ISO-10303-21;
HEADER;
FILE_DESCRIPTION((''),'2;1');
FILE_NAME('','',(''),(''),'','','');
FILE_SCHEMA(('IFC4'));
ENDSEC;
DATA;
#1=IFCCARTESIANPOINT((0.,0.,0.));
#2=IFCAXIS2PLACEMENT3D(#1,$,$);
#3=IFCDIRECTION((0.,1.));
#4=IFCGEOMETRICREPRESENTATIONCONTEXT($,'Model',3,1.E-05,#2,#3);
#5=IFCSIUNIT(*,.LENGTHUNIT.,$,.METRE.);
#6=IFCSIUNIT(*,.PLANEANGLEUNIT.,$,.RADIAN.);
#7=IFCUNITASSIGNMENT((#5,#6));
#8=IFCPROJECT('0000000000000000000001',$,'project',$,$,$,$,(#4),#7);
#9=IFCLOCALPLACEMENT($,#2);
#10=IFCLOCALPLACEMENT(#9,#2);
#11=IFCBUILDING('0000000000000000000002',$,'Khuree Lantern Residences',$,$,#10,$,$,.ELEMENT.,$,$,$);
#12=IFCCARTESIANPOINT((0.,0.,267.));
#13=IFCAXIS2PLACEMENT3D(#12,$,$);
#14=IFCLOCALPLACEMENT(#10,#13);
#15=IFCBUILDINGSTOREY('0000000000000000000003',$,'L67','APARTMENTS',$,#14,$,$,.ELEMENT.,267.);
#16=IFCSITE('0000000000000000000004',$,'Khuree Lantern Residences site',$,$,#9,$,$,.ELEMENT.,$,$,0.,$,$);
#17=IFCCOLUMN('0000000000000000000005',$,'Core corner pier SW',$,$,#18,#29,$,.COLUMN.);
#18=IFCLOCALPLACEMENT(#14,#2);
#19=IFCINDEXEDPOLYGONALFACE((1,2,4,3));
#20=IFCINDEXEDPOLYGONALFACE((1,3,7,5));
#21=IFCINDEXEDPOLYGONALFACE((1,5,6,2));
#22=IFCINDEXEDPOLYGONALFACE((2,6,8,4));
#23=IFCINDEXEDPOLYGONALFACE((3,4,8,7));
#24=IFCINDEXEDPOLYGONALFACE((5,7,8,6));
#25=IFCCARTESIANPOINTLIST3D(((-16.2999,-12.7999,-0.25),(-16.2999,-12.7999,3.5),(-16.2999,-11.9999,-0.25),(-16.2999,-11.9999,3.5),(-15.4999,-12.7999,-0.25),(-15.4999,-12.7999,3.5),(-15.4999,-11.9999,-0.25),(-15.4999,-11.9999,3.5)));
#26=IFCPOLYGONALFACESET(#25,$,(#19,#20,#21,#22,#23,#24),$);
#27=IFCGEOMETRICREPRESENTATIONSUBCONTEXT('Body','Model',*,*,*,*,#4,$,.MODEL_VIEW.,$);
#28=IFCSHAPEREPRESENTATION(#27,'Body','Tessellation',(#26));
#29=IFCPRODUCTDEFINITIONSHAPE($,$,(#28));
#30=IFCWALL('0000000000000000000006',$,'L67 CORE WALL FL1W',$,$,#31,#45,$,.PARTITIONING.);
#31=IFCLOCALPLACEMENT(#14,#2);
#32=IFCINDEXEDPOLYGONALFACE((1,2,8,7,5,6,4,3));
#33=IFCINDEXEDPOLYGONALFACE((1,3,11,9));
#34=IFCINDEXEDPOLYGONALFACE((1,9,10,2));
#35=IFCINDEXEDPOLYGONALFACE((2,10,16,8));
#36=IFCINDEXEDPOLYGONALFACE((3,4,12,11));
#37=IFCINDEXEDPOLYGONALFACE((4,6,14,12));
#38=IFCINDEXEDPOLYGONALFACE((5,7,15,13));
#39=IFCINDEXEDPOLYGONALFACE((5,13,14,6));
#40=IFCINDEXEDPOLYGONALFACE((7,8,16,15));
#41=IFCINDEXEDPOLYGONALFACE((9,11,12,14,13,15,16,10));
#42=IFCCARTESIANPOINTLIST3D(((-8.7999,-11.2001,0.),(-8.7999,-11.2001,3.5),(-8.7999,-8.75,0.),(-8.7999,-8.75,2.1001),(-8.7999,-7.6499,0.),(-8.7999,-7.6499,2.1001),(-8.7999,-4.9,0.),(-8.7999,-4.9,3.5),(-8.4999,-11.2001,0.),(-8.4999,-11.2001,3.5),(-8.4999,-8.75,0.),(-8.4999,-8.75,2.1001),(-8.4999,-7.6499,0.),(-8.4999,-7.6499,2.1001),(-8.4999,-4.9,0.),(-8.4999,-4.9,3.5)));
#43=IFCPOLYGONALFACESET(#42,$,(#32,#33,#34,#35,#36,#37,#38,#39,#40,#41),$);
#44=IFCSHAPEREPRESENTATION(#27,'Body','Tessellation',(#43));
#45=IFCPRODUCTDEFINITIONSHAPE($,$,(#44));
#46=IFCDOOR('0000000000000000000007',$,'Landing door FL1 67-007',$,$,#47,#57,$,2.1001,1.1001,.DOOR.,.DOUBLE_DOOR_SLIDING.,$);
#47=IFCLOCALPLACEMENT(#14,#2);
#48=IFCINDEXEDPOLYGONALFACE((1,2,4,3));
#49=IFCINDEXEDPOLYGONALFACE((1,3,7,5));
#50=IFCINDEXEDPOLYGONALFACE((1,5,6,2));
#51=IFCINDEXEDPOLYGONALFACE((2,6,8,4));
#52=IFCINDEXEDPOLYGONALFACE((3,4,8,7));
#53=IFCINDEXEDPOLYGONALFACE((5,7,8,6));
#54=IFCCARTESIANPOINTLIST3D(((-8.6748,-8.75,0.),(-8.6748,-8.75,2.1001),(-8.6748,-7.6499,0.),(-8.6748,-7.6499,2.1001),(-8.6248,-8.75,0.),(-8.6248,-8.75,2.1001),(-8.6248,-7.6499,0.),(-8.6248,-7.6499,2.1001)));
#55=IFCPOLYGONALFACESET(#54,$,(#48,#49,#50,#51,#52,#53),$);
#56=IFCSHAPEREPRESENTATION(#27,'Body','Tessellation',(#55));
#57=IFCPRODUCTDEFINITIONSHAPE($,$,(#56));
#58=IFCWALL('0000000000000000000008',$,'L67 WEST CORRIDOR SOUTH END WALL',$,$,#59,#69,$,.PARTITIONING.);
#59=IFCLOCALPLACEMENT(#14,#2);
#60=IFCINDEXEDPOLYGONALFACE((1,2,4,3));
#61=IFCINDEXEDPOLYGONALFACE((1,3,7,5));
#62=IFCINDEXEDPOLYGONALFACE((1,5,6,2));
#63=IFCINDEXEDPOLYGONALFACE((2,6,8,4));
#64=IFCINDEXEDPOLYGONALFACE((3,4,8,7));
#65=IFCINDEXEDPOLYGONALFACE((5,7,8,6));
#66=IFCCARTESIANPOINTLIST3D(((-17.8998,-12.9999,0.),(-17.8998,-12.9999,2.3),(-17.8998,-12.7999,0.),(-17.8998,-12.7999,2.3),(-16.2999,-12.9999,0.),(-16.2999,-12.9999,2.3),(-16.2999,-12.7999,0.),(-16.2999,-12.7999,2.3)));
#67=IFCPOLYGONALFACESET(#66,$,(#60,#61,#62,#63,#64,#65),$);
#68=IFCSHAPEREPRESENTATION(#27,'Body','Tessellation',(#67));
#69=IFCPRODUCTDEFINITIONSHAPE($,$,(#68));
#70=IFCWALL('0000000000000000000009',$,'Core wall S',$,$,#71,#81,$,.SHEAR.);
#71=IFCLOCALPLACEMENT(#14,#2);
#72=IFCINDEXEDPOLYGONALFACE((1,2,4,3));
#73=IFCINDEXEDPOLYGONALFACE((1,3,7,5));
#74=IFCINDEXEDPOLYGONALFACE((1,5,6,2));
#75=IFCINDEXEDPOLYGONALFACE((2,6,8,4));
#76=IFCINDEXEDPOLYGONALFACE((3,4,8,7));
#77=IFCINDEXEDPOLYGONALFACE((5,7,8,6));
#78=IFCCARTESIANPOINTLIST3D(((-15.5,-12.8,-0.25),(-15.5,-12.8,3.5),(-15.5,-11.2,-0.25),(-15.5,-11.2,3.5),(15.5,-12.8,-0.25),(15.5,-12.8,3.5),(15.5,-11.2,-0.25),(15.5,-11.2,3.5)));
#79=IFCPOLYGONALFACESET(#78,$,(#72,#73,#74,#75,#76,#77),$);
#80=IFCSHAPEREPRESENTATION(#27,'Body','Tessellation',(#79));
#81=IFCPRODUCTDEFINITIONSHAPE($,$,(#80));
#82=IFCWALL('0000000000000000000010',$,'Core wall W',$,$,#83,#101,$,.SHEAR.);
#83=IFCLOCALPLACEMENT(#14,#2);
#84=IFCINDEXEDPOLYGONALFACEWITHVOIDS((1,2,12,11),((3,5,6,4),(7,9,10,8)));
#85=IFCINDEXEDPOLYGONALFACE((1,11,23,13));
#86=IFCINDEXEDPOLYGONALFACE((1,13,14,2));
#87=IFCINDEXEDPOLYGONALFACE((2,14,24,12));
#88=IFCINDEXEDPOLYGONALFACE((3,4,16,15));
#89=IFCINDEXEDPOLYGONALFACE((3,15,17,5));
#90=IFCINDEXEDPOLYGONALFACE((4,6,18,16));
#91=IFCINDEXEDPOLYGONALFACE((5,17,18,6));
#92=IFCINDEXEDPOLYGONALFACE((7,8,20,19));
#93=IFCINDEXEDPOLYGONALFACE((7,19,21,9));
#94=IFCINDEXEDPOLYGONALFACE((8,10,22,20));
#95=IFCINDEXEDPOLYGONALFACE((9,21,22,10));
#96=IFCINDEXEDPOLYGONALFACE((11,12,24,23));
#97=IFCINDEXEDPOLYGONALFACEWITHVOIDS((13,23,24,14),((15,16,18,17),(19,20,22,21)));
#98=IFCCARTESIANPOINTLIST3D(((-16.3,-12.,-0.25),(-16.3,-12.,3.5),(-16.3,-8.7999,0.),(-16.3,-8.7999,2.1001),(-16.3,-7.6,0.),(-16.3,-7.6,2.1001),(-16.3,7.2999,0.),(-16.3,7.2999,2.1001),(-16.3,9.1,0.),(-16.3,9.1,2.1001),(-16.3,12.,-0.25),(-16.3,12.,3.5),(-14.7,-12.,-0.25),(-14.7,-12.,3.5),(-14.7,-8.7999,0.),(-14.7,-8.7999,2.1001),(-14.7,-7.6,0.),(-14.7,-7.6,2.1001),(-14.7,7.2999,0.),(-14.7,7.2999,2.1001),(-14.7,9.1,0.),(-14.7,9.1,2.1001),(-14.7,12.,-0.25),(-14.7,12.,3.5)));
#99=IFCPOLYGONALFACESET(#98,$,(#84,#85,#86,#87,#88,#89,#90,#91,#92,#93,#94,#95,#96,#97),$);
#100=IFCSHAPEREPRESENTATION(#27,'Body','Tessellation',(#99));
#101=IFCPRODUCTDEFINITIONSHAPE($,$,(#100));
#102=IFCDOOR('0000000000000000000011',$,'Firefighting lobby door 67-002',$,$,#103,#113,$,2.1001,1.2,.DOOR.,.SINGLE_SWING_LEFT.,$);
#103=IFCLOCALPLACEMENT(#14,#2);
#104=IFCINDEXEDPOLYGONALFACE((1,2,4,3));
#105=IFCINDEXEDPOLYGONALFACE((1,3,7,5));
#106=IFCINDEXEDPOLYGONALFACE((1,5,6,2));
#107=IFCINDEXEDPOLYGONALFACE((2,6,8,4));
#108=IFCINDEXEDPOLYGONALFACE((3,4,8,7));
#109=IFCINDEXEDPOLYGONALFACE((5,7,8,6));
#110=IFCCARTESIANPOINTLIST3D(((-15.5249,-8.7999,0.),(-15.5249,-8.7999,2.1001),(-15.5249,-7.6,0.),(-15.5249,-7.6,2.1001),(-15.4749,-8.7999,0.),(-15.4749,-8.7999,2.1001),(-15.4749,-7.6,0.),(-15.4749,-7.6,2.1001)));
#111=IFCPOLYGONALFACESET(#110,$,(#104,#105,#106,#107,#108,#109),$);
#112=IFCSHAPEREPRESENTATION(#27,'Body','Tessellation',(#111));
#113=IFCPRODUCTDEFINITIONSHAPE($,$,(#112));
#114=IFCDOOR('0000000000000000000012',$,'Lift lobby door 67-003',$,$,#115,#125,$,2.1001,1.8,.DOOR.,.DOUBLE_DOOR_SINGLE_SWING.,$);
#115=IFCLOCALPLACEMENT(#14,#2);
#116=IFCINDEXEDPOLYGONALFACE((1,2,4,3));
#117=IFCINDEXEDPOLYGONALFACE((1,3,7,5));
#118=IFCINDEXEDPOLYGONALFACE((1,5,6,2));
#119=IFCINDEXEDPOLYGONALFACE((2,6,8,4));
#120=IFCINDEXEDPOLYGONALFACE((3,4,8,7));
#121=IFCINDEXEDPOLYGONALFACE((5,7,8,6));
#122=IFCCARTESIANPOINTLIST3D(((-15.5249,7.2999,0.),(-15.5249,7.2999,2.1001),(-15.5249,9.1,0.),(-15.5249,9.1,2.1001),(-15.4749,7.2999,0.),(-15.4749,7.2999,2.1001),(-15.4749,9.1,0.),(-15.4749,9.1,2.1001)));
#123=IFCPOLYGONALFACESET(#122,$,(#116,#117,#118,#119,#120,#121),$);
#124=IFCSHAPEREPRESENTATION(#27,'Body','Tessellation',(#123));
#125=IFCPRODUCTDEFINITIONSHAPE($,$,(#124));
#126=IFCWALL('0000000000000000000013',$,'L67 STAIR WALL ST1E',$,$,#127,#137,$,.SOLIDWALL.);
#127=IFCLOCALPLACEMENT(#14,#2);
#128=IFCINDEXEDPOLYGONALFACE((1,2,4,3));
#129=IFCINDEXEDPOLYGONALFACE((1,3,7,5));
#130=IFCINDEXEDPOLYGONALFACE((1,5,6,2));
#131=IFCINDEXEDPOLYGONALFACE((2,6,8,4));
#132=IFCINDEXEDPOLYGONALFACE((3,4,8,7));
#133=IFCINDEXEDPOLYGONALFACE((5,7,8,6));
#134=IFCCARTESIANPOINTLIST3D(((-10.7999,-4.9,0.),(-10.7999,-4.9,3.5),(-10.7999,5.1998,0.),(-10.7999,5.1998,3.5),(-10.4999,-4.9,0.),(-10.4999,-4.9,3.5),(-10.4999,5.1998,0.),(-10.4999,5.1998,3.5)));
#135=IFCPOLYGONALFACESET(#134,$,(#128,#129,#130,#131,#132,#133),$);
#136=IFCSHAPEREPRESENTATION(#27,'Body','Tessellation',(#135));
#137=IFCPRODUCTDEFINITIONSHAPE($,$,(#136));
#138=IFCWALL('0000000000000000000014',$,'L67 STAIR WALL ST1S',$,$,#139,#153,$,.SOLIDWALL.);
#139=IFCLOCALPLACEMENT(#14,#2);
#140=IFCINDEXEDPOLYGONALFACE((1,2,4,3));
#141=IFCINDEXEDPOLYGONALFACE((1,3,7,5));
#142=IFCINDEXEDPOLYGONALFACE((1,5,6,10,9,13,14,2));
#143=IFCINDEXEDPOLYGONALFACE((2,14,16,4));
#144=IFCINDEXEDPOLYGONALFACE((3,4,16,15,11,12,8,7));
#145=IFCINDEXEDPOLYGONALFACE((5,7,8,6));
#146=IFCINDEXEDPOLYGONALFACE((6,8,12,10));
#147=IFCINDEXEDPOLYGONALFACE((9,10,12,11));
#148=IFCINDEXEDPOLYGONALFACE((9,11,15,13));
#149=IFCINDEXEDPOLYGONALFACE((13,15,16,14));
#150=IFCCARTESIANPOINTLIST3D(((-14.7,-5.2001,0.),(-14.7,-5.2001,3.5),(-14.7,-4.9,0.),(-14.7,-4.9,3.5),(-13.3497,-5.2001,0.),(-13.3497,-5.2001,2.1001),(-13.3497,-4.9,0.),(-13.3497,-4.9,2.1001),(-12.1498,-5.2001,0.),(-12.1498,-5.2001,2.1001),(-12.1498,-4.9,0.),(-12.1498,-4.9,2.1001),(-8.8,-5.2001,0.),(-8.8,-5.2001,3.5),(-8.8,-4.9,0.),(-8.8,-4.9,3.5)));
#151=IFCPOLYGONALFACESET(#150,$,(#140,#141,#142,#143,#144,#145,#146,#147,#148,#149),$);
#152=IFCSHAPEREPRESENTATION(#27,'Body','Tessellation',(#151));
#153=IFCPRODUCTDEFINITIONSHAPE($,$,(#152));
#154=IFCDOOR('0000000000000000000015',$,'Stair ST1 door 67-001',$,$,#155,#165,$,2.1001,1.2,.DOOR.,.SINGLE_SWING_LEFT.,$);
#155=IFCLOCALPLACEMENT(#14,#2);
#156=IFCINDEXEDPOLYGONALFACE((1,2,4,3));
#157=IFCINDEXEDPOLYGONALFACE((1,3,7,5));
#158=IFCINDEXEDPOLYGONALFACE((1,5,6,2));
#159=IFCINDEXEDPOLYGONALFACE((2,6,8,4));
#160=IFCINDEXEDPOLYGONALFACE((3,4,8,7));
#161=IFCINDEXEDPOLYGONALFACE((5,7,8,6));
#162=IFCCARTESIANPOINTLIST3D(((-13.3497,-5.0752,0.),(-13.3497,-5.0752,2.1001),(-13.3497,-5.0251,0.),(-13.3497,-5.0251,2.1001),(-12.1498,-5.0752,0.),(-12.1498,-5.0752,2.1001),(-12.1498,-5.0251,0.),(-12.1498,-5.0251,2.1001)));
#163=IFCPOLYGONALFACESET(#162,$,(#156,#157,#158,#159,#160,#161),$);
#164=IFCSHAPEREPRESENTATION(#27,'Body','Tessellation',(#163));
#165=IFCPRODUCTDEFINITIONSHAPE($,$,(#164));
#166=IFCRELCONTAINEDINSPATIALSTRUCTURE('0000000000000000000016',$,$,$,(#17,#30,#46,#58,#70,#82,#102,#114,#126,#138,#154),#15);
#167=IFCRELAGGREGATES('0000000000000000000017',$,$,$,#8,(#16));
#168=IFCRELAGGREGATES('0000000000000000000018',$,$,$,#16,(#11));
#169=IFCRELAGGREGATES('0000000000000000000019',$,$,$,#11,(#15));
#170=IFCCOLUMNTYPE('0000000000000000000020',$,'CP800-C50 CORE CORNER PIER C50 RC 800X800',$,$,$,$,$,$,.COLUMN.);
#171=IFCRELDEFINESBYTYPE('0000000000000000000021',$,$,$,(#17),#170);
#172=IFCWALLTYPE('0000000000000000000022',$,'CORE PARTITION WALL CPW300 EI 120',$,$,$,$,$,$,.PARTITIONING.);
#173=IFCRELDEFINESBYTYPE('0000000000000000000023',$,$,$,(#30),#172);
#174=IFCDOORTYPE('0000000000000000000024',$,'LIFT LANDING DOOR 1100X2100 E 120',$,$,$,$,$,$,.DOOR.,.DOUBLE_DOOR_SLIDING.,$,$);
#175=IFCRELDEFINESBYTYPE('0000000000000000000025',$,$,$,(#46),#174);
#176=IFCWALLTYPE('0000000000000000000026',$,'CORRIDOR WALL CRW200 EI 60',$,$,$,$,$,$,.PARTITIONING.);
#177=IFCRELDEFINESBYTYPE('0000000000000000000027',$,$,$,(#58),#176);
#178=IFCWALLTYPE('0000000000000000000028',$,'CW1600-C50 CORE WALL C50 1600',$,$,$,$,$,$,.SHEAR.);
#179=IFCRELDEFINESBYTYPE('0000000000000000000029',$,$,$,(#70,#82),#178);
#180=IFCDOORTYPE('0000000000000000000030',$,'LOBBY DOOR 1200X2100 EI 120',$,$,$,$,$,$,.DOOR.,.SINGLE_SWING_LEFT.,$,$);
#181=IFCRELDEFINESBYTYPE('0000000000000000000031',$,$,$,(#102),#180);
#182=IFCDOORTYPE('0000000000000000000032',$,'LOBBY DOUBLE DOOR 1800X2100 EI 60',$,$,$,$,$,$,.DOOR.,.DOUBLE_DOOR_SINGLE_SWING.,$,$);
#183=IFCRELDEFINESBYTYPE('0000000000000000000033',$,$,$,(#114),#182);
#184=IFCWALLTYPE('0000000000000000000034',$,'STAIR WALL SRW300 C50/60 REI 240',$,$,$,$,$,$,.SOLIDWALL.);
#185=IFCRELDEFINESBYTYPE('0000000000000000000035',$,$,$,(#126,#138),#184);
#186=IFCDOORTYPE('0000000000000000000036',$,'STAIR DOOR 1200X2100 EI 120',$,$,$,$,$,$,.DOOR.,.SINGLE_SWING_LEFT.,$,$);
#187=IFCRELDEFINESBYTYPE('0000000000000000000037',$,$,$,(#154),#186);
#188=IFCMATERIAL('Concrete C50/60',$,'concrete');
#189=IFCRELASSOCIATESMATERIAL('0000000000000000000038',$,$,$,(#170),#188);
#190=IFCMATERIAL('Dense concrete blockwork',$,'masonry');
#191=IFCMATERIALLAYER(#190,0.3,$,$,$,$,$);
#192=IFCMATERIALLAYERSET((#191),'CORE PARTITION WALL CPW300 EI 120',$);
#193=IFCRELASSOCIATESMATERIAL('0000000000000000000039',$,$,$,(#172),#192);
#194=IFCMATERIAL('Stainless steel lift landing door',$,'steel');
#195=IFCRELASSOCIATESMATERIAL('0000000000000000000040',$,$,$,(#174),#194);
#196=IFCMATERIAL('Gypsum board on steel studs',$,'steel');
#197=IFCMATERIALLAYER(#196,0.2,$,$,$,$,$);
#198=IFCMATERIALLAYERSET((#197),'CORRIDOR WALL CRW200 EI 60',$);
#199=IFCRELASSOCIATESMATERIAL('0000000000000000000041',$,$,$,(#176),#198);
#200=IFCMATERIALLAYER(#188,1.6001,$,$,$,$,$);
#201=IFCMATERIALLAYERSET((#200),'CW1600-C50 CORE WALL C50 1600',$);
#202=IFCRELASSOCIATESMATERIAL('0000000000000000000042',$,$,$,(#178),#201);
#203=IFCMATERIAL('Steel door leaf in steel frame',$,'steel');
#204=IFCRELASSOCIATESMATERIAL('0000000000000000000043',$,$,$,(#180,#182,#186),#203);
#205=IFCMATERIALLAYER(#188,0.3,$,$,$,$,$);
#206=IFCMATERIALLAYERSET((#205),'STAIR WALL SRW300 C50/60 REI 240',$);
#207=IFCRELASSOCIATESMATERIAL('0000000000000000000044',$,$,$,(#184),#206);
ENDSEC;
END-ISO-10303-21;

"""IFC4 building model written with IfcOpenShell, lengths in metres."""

from ifc_helpers import new_model, si_unit, direction, frame, frame_2d, origin, origin_2d, place, context, subcontext, project, spatial, rectangle, extrude, material, layer, layer_set, material_profile, profile_set, type_object, element, fill, save


model = new_model("IFC4")

# Units and contexts
model_context = context("Model", 3, precision=1e-05, world=origin(), true_north=direction((0.0, 1.0)))
body_context = subcontext(model_context, "Body", "Model", "MODEL_VIEW")
ifc_project = project(units=[si_unit("LENGTHUNIT", "METRE"), si_unit("PLANEANGLEUNIT", "RADIAN")], contexts=[model_context])

# Site, building, storey
site_placement = place(None, origin())
site = spatial("IfcSite", under=ifc_project, at=site_placement, Name="Khuree Lantern Residences site", CompositionType="ELEMENT", RefElevation=0.0)
building_placement = place(site_placement, origin())
building = spatial("IfcBuilding", under=site, at=building_placement, Name="Khuree Lantern Residences", CompositionType="ELEMENT")
storey_placement = place(building_placement, frame((0.0, 0.0, 267.0)))
storey = spatial("IfcBuildingStorey", under=building, at=storey_placement, Name="L67", Description="APARTMENTS", CompositionType="ELEMENT", Elevation=267.0)

# Column
ifc_material_1 = material(Name="Concrete C50/60", Category="concrete")
ifc_material_profile = material_profile(ifc_material_1, rectangle(XDim=0.8, YDim=0.8, at=origin_2d()), Name="RC 800X800")
ifc_profile_set = profile_set([ifc_material_profile], Name="Concrete C50/60")
column_type = type_object("IfcColumnType", Name="CP800-C50 CORE CORNER PIER C50 RC 800X800", PredefinedType="COLUMN", material=ifc_profile_set)
column_placement = place(storey_placement, frame((-15.8999, -12.3999, -0.25), z_axis=(0.0, 0.0, 1.0), x_axis=(1.0, 0.0, 0.0)))
element("IfcColumn", 1, at=column_placement, inside=storey, type_object=column_type, Name="Core corner pier SW", PredefinedType="COLUMN", context=body_context, shape_type="SweptSolid", body=[
    extrude(rectangle(XDim=0.8, YDim=0.8, at=origin_2d()), origin(), (0.0, 0.0, 1.0), 3.75),
])

# Wall, opening, door
ifc_material_2 = material(Name="Dense concrete blockwork", Category="masonry")
ifc_layer_1 = layer(ifc_material_2, 0.3)
ifc_layer_set_1 = layer_set([ifc_layer_1], Name="CORE PARTITION WALL CPW300 EI 120")
wall_type_1 = type_object("IfcWallType", Name="CORE PARTITION WALL CPW300 EI 120", PredefinedType="PARTITIONING", material=ifc_layer_set_1)
wall_1_placement = place(storey_placement, frame((-8.6499, -11.2, 0.0), z_axis=(0.0, 0.0, 1.0), x_axis=(0.0, 1.0, 0.0)))
wall_1 = element("IfcWall", 2, at=wall_1_placement, inside=storey, type_object=wall_type_1, Name="L67 CORE WALL FL1W", PredefinedType="PARTITIONING", context=body_context, shape_type="SweptSolid", body=[
    extrude(rectangle(XDim=6.3, YDim=0.3, at=frame_2d((3.1499, 0.0))), origin(), (0.0, 0.0, 1.0), 3.5),
])
opening_1_placement = place(wall_1_placement, frame((2.45, 0.0, 0.0)))
opening_1 = element("IfcOpeningElement", 3, at=opening_1_placement, cuts=wall_1, PredefinedType="OPENING", context=body_context, shape_type="SweptSolid", body=[
    extrude(rectangle(XDim=1.1001, YDim=2.1001, at=frame_2d((0.55, 1.05))), frame((0.0, 0.1602, 0.0), z_axis=(0.0, -1.0, 0.0), x_axis=(1.0, 0.0, 0.0)), (0.0, 0.0, 1.0), 0.3201),
])
ifc_material_3 = material(Name="Stainless steel lift landing door", Category="steel")
door_type_1 = type_object("IfcDoorType", Name="LIFT LANDING DOOR 1100X2100 E 120", OperationType="DOUBLE_DOOR_SLIDING", PredefinedType="DOOR", material=ifc_material_3)
door_1_placement = place(opening_1_placement, origin())
door_1 = element("IfcDoor", 4, at=door_1_placement, inside=storey, type_object=door_type_1, Name="Landing door FL1 67-007", OperationType="DOUBLE_DOOR_SLIDING", OverallHeight=2.1001, OverallWidth=1.1001, PredefinedType="DOOR", context=body_context, shape_type="SweptSolid", body=[
    extrude(rectangle(XDim=1.1001, YDim=2.1001, at=frame_2d((0.55, 1.05))), frame((0.0, 0.0249, 0.0), z_axis=(0.0, -1.0, 0.0), x_axis=(1.0, 0.0, 0.0)), (0.0, 0.0, 1.0), 0.05),
])
fill(opening_1, door_1)

# Walls
ifc_material_4 = material(Name="Gypsum board on steel studs", Category="steel")
ifc_layer_2 = layer(ifc_material_4, 0.2)
ifc_layer_set_2 = layer_set([ifc_layer_2], Name="CORRIDOR WALL CRW200 EI 60")
wall_type_2 = type_object("IfcWallType", Name="CORRIDOR WALL CRW200 EI 60", PredefinedType="PARTITIONING", material=ifc_layer_set_2)
wall_2_placement = place(storey_placement, frame((-16.3, -12.8999, 0.0), z_axis=(0.0, 0.0, 1.0), x_axis=(-1.0, 0.0, 0.0)))
element("IfcWall", 5, at=wall_2_placement, inside=storey, type_object=wall_type_2, Name="L67 WEST CORRIDOR SOUTH END WALL", PredefinedType="PARTITIONING", context=body_context, shape_type="SweptSolid", body=[
    extrude(rectangle(XDim=1.5999, YDim=0.2, at=frame_2d((0.7998, 0.0))), origin(), (0.0, 0.0, 1.0), 2.3),
])
ifc_layer_3 = layer(ifc_material_1, 1.6001)
ifc_layer_set_3 = layer_set([ifc_layer_3], Name="CW1600-C50 CORE WALL C50 1600")
wall_type_3 = type_object("IfcWallType", Name="CW1600-C50 CORE WALL C50 1600", PredefinedType="SHEAR", material=ifc_layer_set_3)
wall_3_placement = place(storey_placement, frame((-15.5, -12.0, -0.25), z_axis=(0.0, 0.0, 1.0), x_axis=(1.0, 0.0, 0.0)))
element("IfcWall", 6, at=wall_3_placement, inside=storey, type_object=wall_type_3, Name="Core wall S", PredefinedType="SHEAR", context=body_context, shape_type="SweptSolid", body=[
    extrude(rectangle(XDim=31.0, YDim=1.6001, at=frame_2d((15.5, 0.0))), origin(), (0.0, 0.0, 1.0), 3.75),
])

# Wall, openings, doors
wall_4_placement = place(storey_placement, frame((-15.5, -12.0, -0.25), z_axis=(0.0, 0.0, 1.0), x_axis=(0.0, 1.0, 0.0)))
wall_4 = element("IfcWall", 7, at=wall_4_placement, inside=storey, type_object=wall_type_3, Name="Core wall W", PredefinedType="SHEAR", context=body_context, shape_type="SweptSolid", body=[
    extrude(rectangle(XDim=24.0, YDim=1.6001, at=frame_2d((12.0, 0.0))), origin(), (0.0, 0.0, 1.0), 3.75),
])
opening_2_placement = place(wall_4_placement, frame((3.2, 0.0, 0.25)))
opening_2 = element("IfcOpeningElement", 8, at=opening_2_placement, cuts=wall_4, PredefinedType="OPENING", context=body_context, shape_type="SweptSolid", body=[
    extrude(rectangle(XDim=1.2, YDim=2.1001, at=frame_2d((0.6001, 1.05))), frame((0.0, 0.8101, 0.0), z_axis=(0.0, -1.0, 0.0), x_axis=(1.0, 0.0, 0.0)), (0.0, 0.0, 1.0), 1.6201),
])
opening_3_placement = place(wall_4_placement, frame((19.3, 0.0, 0.25)))
opening_3 = element("IfcOpeningElement", 9, at=opening_3_placement, cuts=wall_4, PredefinedType="OPENING", context=body_context, shape_type="SweptSolid", body=[
    extrude(rectangle(XDim=1.8, YDim=2.1001, at=frame_2d((0.8999, 1.05))), frame((0.0, 0.8101, 0.0), z_axis=(0.0, -1.0, 0.0), x_axis=(1.0, 0.0, 0.0)), (0.0, 0.0, 1.0), 1.6201),
])
ifc_material_5 = material(Name="Steel door leaf in steel frame", Category="steel")
door_type_2 = type_object("IfcDoorType", Name="LOBBY DOOR 1200X2100 EI 120", OperationType="SINGLE_SWING_LEFT", PredefinedType="DOOR", material=ifc_material_5)
door_2_placement = place(opening_2_placement, origin())
door_2 = element("IfcDoor", 10, at=door_2_placement, inside=storey, type_object=door_type_2, Name="Firefighting lobby door 67-002", OperationType="SINGLE_SWING_LEFT", OverallHeight=2.1001, OverallWidth=1.2, PredefinedType="DOOR", context=body_context, shape_type="SweptSolid", body=[
    extrude(rectangle(XDim=1.2, YDim=2.1001, at=frame_2d((0.6001, 1.05))), frame((0.0, 0.0249, 0.0), z_axis=(0.0, -1.0, 0.0), x_axis=(1.0, 0.0, 0.0)), (0.0, 0.0, 1.0), 0.05),
])
fill(opening_2, door_2)
door_type_3 = type_object("IfcDoorType", Name="LOBBY DOUBLE DOOR 1800X2100 EI 60", OperationType="DOUBLE_DOOR_SINGLE_SWING", PredefinedType="DOOR", material=ifc_material_5)
door_3_placement = place(opening_3_placement, origin())
door_3 = element("IfcDoor", 11, at=door_3_placement, inside=storey, type_object=door_type_3, Name="Lift lobby door 67-003", OperationType="DOUBLE_DOOR_SINGLE_SWING", OverallHeight=2.1001, OverallWidth=1.8, PredefinedType="DOOR", context=body_context, shape_type="SweptSolid", body=[
    extrude(rectangle(XDim=1.8, YDim=2.1001, at=frame_2d((0.8999, 1.05))), frame((0.0, 0.0249, 0.0), z_axis=(0.0, -1.0, 0.0), x_axis=(1.0, 0.0, 0.0)), (0.0, 0.0, 1.0), 0.05),
])
fill(opening_3, door_3)

# Wall
ifc_layer_4 = layer(ifc_material_1, 0.3)
ifc_layer_set_4 = layer_set([ifc_layer_4], Name="STAIR WALL SRW300 C50/60 REI 240")
wall_type_4 = type_object("IfcWallType", Name="STAIR WALL SRW300 C50/60 REI 240", PredefinedType="SOLIDWALL", material=ifc_layer_set_4)
wall_5_placement = place(storey_placement, frame((-10.6499, -4.8999, 0.0), z_axis=(0.0, 0.0, 1.0), x_axis=(0.0, 1.0, 0.0)))
element("IfcWall", 12, at=wall_5_placement, inside=storey, type_object=wall_type_4, Name="L67 STAIR WALL ST1E", PredefinedType="SOLIDWALL", context=body_context, shape_type="SweptSolid", body=[
    extrude(rectangle(XDim=10.0999, YDim=0.3, at=frame_2d((5.0498, 0.0))), origin(), (0.0, 0.0, 1.0), 3.5),
])

# Wall, opening, door
wall_6_placement = place(storey_placement, frame((-14.7, -5.05, 0.0), z_axis=(0.0, 0.0, 1.0), x_axis=(1.0, 0.0, 0.0)))
wall_6 = element("IfcWall", 13, at=wall_6_placement, inside=storey, type_object=wall_type_4, Name="L67 STAIR WALL ST1S", PredefinedType="SOLIDWALL", context=body_context, shape_type="SweptSolid", body=[
    extrude(rectangle(XDim=5.8999, YDim=0.3, at=frame_2d((2.95, 0.0))), origin(), (0.0, 0.0, 1.0), 3.5),
])
opening_4_placement = place(wall_6_placement, frame((1.3501, 0.0, 0.0)))
opening_4 = element("IfcOpeningElement", 14, at=opening_4_placement, cuts=wall_6, PredefinedType="OPENING", context=body_context, shape_type="SweptSolid", body=[
    extrude(rectangle(XDim=1.2, YDim=2.1001, at=frame_2d((0.6001, 1.05))), frame((0.0, 0.1602, 0.0), z_axis=(0.0, -1.0, 0.0), x_axis=(1.0, 0.0, 0.0)), (0.0, 0.0, 1.0), 0.3201),
])
door_type_4 = type_object("IfcDoorType", Name="STAIR DOOR 1200X2100 EI 120", OperationType="SINGLE_SWING_LEFT", PredefinedType="DOOR", material=ifc_material_5)
door_4_placement = place(opening_4_placement, origin())
door_4 = element("IfcDoor", 15, at=door_4_placement, inside=storey, type_object=door_type_4, Name="Stair ST1 door 67-001", OperationType="SINGLE_SWING_LEFT", OverallHeight=2.1001, OverallWidth=1.2, PredefinedType="DOOR", context=body_context, shape_type="SweptSolid", body=[
    extrude(rectangle(XDim=1.2, YDim=2.1001, at=frame_2d((0.6001, 1.05))), frame((0.0, 0.0249, 0.0), z_axis=(0.0, -1.0, 0.0), x_axis=(1.0, 0.0, 0.0)), (0.0, 0.0, 1.0), 0.05),
])
fill(opening_4, door_4)

save(model, "model.ifc")
